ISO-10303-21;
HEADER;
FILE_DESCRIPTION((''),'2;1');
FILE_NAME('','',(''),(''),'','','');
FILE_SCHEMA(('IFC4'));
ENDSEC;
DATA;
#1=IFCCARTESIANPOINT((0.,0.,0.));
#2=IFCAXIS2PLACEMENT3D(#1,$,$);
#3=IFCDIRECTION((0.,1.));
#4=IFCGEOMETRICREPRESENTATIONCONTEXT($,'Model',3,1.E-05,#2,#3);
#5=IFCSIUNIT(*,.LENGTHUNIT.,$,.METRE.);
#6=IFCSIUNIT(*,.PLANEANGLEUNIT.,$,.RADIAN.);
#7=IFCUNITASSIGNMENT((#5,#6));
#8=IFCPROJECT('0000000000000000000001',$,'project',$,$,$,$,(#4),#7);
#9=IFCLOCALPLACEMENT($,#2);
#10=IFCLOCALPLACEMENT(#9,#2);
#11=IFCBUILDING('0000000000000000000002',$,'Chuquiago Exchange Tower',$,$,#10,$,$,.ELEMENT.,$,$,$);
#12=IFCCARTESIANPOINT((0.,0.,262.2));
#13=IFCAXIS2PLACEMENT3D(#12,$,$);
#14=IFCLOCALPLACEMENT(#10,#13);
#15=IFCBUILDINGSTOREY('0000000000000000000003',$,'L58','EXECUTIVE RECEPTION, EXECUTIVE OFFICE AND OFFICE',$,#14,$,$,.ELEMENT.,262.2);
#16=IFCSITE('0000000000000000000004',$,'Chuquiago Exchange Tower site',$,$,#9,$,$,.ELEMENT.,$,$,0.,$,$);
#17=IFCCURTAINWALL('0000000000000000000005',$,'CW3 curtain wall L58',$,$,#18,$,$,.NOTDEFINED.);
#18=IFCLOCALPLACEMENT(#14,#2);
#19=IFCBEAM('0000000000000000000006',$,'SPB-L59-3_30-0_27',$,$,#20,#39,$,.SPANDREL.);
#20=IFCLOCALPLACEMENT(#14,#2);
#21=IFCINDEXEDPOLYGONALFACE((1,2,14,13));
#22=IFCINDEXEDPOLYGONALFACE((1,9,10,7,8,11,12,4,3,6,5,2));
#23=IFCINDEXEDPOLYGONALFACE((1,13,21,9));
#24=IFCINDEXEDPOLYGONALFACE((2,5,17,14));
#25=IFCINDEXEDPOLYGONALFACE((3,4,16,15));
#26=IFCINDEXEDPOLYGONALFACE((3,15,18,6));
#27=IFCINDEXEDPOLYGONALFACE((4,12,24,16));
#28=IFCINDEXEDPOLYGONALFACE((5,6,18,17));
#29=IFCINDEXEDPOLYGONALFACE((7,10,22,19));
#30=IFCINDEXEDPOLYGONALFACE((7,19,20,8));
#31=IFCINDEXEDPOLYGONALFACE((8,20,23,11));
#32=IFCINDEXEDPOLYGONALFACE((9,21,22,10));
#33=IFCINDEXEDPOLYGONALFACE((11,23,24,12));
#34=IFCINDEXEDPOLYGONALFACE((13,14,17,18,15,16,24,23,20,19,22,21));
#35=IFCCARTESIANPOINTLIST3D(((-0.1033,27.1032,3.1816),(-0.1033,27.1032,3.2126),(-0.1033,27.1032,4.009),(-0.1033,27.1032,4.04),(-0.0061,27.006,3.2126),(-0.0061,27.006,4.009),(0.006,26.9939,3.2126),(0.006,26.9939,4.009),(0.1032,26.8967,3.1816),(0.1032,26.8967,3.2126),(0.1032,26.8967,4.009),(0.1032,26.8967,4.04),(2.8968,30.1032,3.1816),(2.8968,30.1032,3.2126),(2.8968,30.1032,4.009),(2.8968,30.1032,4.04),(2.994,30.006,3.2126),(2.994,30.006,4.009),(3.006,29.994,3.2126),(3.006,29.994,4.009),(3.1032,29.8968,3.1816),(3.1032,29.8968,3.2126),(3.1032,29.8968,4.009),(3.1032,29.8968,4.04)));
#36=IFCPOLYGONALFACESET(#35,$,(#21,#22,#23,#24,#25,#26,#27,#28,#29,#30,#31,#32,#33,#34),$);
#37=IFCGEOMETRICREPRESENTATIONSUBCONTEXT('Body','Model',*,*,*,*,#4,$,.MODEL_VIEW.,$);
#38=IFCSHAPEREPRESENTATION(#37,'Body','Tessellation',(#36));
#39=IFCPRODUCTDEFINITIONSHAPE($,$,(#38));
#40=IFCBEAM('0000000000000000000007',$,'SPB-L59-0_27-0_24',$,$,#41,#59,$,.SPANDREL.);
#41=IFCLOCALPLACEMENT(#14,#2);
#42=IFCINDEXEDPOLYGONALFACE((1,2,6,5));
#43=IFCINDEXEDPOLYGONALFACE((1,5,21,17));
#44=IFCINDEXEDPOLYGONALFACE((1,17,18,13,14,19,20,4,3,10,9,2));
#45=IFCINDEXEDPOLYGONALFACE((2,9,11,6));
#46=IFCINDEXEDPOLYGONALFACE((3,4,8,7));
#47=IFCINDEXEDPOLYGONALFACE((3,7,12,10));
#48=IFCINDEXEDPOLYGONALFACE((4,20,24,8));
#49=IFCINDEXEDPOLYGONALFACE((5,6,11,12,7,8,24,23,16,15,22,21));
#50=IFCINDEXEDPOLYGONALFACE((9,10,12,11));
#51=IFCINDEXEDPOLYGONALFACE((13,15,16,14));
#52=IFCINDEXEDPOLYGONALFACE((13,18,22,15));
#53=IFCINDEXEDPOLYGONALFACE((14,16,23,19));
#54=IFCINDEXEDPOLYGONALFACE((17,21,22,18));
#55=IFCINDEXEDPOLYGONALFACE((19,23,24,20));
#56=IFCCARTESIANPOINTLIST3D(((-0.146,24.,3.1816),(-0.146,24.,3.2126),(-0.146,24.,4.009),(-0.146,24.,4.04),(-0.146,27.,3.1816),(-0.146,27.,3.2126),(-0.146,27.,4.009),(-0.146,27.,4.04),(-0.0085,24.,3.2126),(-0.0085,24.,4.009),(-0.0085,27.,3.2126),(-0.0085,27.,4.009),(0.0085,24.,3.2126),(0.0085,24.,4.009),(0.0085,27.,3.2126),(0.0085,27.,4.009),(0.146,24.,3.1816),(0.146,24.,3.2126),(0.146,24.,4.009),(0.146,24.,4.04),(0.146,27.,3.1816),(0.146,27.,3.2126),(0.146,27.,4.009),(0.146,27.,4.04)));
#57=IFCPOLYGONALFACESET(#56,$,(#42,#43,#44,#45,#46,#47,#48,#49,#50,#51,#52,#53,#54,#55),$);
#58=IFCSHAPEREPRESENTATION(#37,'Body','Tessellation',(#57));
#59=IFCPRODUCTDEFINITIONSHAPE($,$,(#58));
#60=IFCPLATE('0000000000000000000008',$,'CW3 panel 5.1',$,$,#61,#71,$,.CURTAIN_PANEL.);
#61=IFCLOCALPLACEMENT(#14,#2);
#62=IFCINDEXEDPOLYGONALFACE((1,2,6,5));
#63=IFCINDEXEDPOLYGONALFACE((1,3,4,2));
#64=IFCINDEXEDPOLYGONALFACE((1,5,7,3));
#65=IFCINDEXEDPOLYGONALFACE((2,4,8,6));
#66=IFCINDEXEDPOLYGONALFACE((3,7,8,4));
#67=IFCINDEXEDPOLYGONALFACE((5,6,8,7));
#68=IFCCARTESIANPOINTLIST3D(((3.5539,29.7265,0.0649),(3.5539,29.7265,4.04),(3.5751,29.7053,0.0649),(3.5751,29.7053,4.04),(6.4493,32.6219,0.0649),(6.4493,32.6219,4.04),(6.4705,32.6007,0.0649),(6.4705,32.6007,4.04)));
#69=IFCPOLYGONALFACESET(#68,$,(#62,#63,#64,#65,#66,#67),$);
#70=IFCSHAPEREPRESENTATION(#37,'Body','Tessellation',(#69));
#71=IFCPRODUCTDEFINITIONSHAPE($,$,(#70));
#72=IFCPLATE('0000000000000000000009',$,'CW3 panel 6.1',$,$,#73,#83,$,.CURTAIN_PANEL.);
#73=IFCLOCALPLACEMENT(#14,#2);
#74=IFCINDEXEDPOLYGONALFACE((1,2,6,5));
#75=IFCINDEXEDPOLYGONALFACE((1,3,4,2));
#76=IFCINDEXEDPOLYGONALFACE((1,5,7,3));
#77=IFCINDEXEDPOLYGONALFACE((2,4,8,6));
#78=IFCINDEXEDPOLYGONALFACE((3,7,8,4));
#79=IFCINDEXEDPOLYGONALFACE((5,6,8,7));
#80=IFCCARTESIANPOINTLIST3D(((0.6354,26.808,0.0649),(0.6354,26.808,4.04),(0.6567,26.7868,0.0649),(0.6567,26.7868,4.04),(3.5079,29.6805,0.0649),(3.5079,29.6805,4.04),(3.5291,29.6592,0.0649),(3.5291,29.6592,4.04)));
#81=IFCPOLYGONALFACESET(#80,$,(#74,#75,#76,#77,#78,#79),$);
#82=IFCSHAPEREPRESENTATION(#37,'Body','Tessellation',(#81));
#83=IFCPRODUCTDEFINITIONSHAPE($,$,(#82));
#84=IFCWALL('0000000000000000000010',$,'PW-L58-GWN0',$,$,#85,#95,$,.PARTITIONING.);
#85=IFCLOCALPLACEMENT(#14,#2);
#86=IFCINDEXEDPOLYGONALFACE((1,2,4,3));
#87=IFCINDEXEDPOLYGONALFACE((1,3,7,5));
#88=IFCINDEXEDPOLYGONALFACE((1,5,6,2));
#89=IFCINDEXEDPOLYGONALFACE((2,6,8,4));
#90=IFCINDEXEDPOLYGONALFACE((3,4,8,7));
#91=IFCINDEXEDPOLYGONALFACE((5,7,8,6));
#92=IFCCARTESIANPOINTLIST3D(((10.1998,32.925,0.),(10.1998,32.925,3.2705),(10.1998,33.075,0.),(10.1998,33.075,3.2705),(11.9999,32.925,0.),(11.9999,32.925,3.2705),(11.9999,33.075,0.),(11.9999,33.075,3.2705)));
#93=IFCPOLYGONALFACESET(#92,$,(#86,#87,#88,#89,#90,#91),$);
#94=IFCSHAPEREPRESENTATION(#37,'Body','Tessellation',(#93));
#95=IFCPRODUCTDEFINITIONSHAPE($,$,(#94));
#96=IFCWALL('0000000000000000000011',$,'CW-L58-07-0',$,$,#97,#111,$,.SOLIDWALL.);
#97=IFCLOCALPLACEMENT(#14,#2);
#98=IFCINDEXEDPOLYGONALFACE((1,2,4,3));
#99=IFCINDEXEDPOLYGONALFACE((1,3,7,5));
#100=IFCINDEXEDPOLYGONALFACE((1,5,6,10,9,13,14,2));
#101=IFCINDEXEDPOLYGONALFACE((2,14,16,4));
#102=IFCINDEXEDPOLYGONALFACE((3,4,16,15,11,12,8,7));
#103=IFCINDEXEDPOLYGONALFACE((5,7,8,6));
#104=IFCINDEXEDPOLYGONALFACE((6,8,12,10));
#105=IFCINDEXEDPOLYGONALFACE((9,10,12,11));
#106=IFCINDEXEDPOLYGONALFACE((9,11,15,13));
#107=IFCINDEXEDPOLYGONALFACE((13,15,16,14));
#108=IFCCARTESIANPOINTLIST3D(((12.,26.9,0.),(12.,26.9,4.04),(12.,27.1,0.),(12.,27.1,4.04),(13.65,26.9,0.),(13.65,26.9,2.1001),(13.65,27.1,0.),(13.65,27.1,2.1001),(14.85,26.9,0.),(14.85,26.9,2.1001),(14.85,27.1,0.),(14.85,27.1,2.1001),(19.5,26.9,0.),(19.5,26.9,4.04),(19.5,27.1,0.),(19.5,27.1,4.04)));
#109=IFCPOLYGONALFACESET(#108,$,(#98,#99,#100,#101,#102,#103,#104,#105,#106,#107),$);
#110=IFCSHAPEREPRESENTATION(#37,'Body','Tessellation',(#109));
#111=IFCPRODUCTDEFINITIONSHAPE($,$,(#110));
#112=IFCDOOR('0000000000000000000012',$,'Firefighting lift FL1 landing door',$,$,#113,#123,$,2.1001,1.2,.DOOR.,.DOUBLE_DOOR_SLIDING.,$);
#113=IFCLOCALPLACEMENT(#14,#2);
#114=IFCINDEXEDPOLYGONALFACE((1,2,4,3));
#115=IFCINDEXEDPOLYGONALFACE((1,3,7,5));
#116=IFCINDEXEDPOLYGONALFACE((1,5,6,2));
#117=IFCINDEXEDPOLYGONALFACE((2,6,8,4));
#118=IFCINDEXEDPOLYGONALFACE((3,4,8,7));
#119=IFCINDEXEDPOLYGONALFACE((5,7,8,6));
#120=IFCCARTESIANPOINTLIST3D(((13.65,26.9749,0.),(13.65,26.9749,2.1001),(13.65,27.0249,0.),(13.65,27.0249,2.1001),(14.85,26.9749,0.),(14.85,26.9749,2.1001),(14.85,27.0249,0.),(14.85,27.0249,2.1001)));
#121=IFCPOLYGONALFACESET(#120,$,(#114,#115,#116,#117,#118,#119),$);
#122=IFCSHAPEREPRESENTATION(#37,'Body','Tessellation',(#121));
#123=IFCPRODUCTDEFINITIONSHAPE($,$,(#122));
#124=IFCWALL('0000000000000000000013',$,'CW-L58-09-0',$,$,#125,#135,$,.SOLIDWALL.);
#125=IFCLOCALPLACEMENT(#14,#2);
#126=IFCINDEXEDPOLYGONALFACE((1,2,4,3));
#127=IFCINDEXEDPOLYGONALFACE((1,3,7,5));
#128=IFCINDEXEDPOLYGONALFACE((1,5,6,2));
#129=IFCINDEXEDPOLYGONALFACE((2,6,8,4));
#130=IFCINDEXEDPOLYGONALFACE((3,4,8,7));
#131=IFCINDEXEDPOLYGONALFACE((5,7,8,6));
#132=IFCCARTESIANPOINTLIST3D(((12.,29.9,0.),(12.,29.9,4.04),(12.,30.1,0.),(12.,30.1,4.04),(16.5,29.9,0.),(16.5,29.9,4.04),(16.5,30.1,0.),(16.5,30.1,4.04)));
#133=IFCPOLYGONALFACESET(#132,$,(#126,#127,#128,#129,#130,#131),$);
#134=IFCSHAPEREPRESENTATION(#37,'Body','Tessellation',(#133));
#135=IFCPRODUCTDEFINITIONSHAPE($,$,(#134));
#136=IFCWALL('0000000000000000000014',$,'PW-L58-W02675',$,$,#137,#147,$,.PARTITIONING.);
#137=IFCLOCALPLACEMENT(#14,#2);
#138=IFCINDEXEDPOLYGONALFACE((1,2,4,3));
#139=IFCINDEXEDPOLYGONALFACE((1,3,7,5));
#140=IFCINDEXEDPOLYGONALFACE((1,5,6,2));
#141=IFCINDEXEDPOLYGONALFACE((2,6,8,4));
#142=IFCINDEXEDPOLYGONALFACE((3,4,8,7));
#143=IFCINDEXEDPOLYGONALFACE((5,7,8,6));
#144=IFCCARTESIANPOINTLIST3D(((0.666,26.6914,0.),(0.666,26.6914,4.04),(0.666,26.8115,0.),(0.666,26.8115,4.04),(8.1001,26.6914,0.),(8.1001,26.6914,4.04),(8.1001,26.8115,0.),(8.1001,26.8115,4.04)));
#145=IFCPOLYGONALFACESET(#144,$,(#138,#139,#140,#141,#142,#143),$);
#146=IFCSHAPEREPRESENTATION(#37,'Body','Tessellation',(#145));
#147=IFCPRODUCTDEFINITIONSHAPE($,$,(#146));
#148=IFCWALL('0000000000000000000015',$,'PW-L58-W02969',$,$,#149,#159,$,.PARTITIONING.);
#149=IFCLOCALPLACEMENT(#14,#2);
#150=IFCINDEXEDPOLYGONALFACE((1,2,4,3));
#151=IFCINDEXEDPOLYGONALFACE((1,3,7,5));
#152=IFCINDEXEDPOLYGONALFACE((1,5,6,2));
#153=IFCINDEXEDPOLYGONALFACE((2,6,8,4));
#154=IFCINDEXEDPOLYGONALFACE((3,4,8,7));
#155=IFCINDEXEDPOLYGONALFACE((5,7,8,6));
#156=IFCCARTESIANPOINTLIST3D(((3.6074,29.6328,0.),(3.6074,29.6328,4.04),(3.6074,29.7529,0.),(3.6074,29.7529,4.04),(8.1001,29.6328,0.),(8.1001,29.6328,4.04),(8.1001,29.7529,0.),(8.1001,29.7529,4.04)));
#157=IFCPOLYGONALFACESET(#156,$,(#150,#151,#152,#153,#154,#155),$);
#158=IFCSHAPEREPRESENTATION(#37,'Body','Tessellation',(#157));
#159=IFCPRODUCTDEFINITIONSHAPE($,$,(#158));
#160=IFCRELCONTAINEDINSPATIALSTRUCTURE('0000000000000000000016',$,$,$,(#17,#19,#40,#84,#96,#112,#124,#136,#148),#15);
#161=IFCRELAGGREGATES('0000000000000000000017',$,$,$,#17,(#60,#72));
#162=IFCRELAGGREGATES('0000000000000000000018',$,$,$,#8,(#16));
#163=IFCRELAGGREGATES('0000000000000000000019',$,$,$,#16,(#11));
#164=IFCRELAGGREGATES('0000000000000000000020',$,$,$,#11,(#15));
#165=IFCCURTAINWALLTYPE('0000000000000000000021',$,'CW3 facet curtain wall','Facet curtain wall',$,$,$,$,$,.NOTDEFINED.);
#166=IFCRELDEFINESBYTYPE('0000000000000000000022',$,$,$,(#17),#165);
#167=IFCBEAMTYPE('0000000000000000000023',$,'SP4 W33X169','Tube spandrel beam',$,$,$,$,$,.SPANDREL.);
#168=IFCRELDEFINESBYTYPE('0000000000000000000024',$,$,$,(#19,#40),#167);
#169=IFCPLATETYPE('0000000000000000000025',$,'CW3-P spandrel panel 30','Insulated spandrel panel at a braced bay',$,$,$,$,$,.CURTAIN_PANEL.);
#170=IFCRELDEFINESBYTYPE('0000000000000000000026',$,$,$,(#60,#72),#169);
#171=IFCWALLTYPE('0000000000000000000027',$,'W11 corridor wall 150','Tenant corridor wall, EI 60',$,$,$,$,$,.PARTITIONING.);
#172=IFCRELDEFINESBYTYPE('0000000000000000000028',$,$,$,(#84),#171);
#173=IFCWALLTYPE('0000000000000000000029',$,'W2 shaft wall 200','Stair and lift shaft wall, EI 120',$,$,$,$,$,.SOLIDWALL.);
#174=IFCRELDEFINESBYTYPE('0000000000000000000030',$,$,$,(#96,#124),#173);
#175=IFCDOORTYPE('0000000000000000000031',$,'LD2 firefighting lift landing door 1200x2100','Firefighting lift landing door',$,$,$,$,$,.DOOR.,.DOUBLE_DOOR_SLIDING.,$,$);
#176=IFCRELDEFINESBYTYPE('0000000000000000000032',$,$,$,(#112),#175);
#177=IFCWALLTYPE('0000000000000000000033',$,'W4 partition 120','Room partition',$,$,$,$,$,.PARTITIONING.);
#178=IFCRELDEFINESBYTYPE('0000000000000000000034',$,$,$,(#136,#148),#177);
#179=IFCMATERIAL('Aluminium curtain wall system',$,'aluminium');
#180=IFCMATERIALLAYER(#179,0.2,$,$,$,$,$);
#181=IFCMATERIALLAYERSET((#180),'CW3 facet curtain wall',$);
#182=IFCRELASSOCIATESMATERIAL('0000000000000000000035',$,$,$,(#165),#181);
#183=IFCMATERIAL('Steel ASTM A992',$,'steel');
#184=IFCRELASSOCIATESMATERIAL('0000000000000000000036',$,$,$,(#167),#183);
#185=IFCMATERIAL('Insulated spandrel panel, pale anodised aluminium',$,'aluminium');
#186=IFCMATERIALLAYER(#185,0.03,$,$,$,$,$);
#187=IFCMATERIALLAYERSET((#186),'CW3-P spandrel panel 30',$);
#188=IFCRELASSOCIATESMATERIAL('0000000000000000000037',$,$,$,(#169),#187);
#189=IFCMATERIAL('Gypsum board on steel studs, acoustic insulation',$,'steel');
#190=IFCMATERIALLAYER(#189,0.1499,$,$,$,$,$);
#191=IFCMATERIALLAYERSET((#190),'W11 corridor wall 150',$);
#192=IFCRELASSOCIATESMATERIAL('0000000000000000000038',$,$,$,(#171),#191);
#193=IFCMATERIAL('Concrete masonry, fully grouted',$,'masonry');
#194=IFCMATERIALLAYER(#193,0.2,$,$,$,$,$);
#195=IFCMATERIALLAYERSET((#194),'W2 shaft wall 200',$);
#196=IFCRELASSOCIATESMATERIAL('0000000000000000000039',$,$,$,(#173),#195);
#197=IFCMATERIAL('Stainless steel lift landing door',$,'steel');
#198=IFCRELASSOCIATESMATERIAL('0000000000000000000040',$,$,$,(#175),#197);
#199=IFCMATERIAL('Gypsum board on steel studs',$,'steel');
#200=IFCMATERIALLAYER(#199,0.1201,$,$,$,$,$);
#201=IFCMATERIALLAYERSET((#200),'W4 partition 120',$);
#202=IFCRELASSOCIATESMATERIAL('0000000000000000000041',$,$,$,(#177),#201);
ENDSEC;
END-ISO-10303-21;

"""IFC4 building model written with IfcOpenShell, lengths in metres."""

from ifc_helpers import new_model, si_unit, direction, frame, frame_2d, origin, origin_2d, place, context, subcontext, project, spatial, rectangle, i_section, extrude, material, layer, layer_set, material_profile, profile_set, type_object, element, fill, aggregate, save


model = new_model("IFC4")

# Units and contexts
model_context = context("Model", 3, precision=1e-05, world=origin(), true_north=direction((0.0, 1.0)))
body_context = subcontext(model_context, "Body", "Model", "MODEL_VIEW")
ifc_project = project(units=[si_unit("LENGTHUNIT", "METRE"), si_unit("PLANEANGLEUNIT", "RADIAN")], contexts=[model_context])

# Site, building, storey
site_placement = place(None, origin())
site = spatial("IfcSite", under=ifc_project, at=site_placement, Name="Chuquiago Exchange Tower site", CompositionType="ELEMENT", RefElevation=0.0)
building_placement = place(site_placement, origin())
building = spatial("IfcBuilding", under=site, at=building_placement, Name="Chuquiago Exchange Tower", CompositionType="ELEMENT")
storey_placement = place(building_placement, frame((0.0, 0.0, 262.2)))
storey = spatial("IfcBuildingStorey", under=building, at=storey_placement, Name="L58", Description="EXECUTIVE RECEPTION, EXECUTIVE OFFICE AND OFFICE", CompositionType="ELEMENT", Elevation=262.2)

# Curtain wall
ifc_material_1 = material(Name="Aluminium curtain wall system", Category="aluminium")
ifc_layer_1 = layer(ifc_material_1, 0.2)
ifc_layer_set_1 = layer_set([ifc_layer_1], Name="CW3 facet curtain wall")
curtain_wall_type_1 = type_object("IfcCurtainWallType", Name="CW3 facet curtain wall", Description="Facet curtain wall", PredefinedType="NOTDEFINED", material=ifc_layer_set_1)
curtain_wall_1_placement = place(storey_placement, origin())
curtain_wall_1 = element("IfcCurtainWall", 1, at=curtain_wall_1_placement, inside=storey, type_object=curtain_wall_type_1, Name="CW3 curtain wall L58", PredefinedType="NOTDEFINED")

# Beams
ifc_material_2 = material(Name="Steel ASTM A992", Category="steel")
ifc_material_profile_1 = material_profile(ifc_material_2, i_section(OverallWidth=0.292, OverallDepth=0.8584, WebThickness=0.0171, FlangeThickness=0.031, at=origin_2d()), Name="W33X169")
ifc_profile_set_1 = profile_set([ifc_material_profile_1], Name="Steel ASTM A992")
beam_type_1 = type_object("IfcBeamType", Name="SP4 W33X169", Description="Tube spandrel beam", PredefinedType="SPANDREL", material=ifc_profile_set_1)
for number, where, z_axis, x_axis, name in (
    (2, (3.0, 30.0, 3.6108), (-0.707107, -0.707107, 0.0), (0.707107, -0.707107, 0.0), "SPB-L59-3_30-0_27"),
):
    element("IfcBeam", number, at=place(storey_placement, frame(where, z_axis=z_axis, x_axis=x_axis)), inside=storey, type_object=beam_type_1, Name=name, PredefinedType="SPANDREL", context=body_context, shape_type="SweptSolid", body=[
        extrude(i_section(OverallWidth=0.292, OverallDepth=0.8584, WebThickness=0.0171, FlangeThickness=0.031, at=origin_2d()), origin(), (0.0, 0.0, 1.0), 4.2427),
    ])
beam_1_placement = place(storey_placement, frame((0.0, 27.0, 3.6108), z_axis=(0.0, -1.0, 0.0), x_axis=(1.0, 0.0, 0.0)))
element("IfcBeam", 3, at=beam_1_placement, inside=storey, type_object=beam_type_1, Name="SPB-L59-0_27-0_24", PredefinedType="SPANDREL", context=body_context, shape_type="SweptSolid", body=[
    extrude(i_section(OverallWidth=0.292, OverallDepth=0.8584, WebThickness=0.0171, FlangeThickness=0.031, at=origin_2d()), origin(), (0.0, 0.0, 1.0), 3.0),
])

# Plates
ifc_material_3 = material(Name="Insulated spandrel panel, pale anodised aluminium", Category="aluminium")
ifc_layer_2 = layer(ifc_material_3, 0.03)
ifc_layer_set_2 = layer_set([ifc_layer_2], Name="CW3-P spandrel panel 30")
plate_type = type_object("IfcPlateType", Name="CW3-P spandrel panel 30", Description="Insulated spandrel panel at a braced bay", PredefinedType="CURTAIN_PANEL", material=ifc_layer_set_2)
plate_1_placement = place(storey_placement, frame((5.0122, 31.1636, 0.0649), z_axis=(0.0, 0.0, 1.0), x_axis=(-0.707107, -0.707107, 0.0)))
plate_1 = element("IfcPlate", 4, at=plate_1_placement, type_object=plate_type, Name="CW3 panel 5.1", PredefinedType="CURTAIN_PANEL", context=body_context, shape_type="SweptSolid", body=[
    extrude(rectangle(XDim=4.0947, YDim=0.03, at=origin_2d()), origin(), (0.0, 0.0, 1.0), 3.9751),
])
plate_2_placement = place(storey_placement, frame((2.0823, 28.2336, 0.0649), z_axis=(0.0, 0.0, 1.0), x_axis=(-0.707107, -0.707107, 0.0)))
plate_2 = element("IfcPlate", 5, at=plate_2_placement, type_object=plate_type, Name="CW3 panel 6.1", PredefinedType="CURTAIN_PANEL", context=body_context, shape_type="SweptSolid", body=[
    extrude(rectangle(XDim=4.0623, YDim=0.03, at=origin_2d()), origin(), (0.0, 0.0, 1.0), 3.9751),
])
aggregate(curtain_wall_1, [plate_1, plate_2])

# Wall
ifc_material_4 = material(Name="Gypsum board on steel studs, acoustic insulation", Category="steel")
ifc_layer_3 = layer(ifc_material_4, 0.1499)
ifc_layer_set_3 = layer_set([ifc_layer_3], Name="W11 corridor wall 150")
wall_type_1 = type_object("IfcWallType", Name="W11 corridor wall 150", Description="Tenant corridor wall, EI 60", PredefinedType="PARTITIONING", material=ifc_layer_set_3)
wall_1_placement = place(storey_placement, frame((10.2, 33.0, 0.0), z_axis=(0.0, 0.0, 1.0), x_axis=(1.0, 0.0, 0.0)))
element("IfcWall", 6, at=wall_1_placement, inside=storey, type_object=wall_type_1, Name="PW-L58-GWN0", PredefinedType="PARTITIONING", context=body_context, shape_type="SweptSolid", body=[
    extrude(rectangle(XDim=1.8, YDim=0.1499, at=frame_2d((0.8999, 0.0))), origin(), (0.0, 0.0, 1.0), 3.2705),
])

# Wall, opening, door
ifc_material_5 = material(Name="Concrete masonry, fully grouted", Category="masonry")
ifc_layer_4 = layer(ifc_material_5, 0.2)
ifc_layer_set_4 = layer_set([ifc_layer_4], Name="W2 shaft wall 200")
wall_type_2 = type_object("IfcWallType", Name="W2 shaft wall 200", Description="Stair and lift shaft wall, EI 120", PredefinedType="SOLIDWALL", material=ifc_layer_set_4)
wall_2_placement = place(storey_placement, frame((12.0, 27.0, 0.0), z_axis=(0.0, 0.0, 1.0), x_axis=(1.0, 0.0, 0.0)))
wall_2 = element("IfcWall", 7, at=wall_2_placement, inside=storey, type_object=wall_type_2, Name="CW-L58-07-0", PredefinedType="SOLIDWALL", context=body_context, shape_type="SweptSolid", body=[
    extrude(rectangle(XDim=7.5, YDim=0.2, at=frame_2d((3.75, 0.0))), origin(), (0.0, 0.0, 1.0), 4.04),
])
opening_1_placement = place(wall_2_placement, frame((1.6499, 0.0, 0.0)))
opening_1 = element("IfcOpeningElement", 8, at=opening_1_placement, cuts=wall_2, PredefinedType="OPENING", context=body_context, shape_type="SweptSolid", body=[
    extrude(rectangle(XDim=1.2, YDim=2.1001, at=frame_2d((0.6001, 1.05))), frame((0.0, 0.1099, 0.0), z_axis=(0.0, -1.0, 0.0), x_axis=(1.0, 0.0, 0.0)), (0.0, 0.0, 1.0), 0.22),
])
ifc_material_6 = material(Name="Stainless steel lift landing door", Category="steel")
door_type_1 = type_object("IfcDoorType", Name="LD2 firefighting lift landing door 1200x2100", Description="Firefighting lift landing door", OperationType="DOUBLE_DOOR_SLIDING", PredefinedType="DOOR", material=ifc_material_6)
door_1_placement = place(opening_1_placement, origin())
door_1 = element("IfcDoor", 9, at=door_1_placement, inside=storey, type_object=door_type_1, Name="Firefighting lift FL1 landing door", OperationType="DOUBLE_DOOR_SLIDING", OverallHeight=2.1001, OverallWidth=1.2, PredefinedType="DOOR", context=body_context, shape_type="SweptSolid", body=[
    extrude(rectangle(XDim=1.2, YDim=2.1001, at=frame_2d((0.6001, 1.05))), frame((0.0, 0.0249, 0.0), z_axis=(0.0, -1.0, 0.0), x_axis=(1.0, 0.0, 0.0)), (0.0, 0.0, 1.0), 0.05),
])
fill(opening_1, door_1)

# Walls
wall_3_placement = place(storey_placement, frame((12.0, 30.0, 0.0), z_axis=(0.0, 0.0, 1.0), x_axis=(1.0, 0.0, 0.0)))
element("IfcWall", 10, at=wall_3_placement, inside=storey, type_object=wall_type_2, Name="CW-L58-09-0", PredefinedType="SOLIDWALL", context=body_context, shape_type="SweptSolid", body=[
    extrude(rectangle(XDim=4.5, YDim=0.2, at=frame_2d((2.25, 0.0))), origin(), (0.0, 0.0, 1.0), 4.04),
])
ifc_material_7 = material(Name="Gypsum board on steel studs", Category="steel")
ifc_layer_5 = layer(ifc_material_7, 0.1201)
ifc_layer_set_5 = layer_set([ifc_layer_5], Name="W4 partition 120")
wall_type_3 = type_object("IfcWallType", Name="W4 partition 120", Description="Room partition", PredefinedType="PARTITIONING", material=ifc_layer_set_5)
wall_4_placement = place(storey_placement, frame((0.666, 26.7515, 0.0), z_axis=(0.0, 0.0, 1.0), x_axis=(1.0, 0.0, 0.0)))
element("IfcWall", 11, at=wall_4_placement, inside=storey, type_object=wall_type_3, Name="PW-L58-W02675", PredefinedType="PARTITIONING", context=body_context, shape_type="SweptSolid", body=[
    extrude(rectangle(XDim=7.4341, YDim=0.1201, at=frame_2d((3.717, 0.0))), origin(), (0.0, 0.0, 1.0), 4.04),
])
wall_5_placement = place(storey_placement, frame((3.6074, 29.6929, 0.0), z_axis=(0.0, 0.0, 1.0), x_axis=(1.0, 0.0, 0.0)))
element("IfcWall", 12, at=wall_5_placement, inside=storey, type_object=wall_type_3, Name="PW-L58-W02969", PredefinedType="PARTITIONING", context=body_context, shape_type="SweptSolid", body=[
    extrude(rectangle(XDim=4.4927, YDim=0.1201, at=frame_2d((2.2463, 0.0))), origin(), (0.0, 0.0, 1.0), 4.04),
])

save(model, "model.ifc")
